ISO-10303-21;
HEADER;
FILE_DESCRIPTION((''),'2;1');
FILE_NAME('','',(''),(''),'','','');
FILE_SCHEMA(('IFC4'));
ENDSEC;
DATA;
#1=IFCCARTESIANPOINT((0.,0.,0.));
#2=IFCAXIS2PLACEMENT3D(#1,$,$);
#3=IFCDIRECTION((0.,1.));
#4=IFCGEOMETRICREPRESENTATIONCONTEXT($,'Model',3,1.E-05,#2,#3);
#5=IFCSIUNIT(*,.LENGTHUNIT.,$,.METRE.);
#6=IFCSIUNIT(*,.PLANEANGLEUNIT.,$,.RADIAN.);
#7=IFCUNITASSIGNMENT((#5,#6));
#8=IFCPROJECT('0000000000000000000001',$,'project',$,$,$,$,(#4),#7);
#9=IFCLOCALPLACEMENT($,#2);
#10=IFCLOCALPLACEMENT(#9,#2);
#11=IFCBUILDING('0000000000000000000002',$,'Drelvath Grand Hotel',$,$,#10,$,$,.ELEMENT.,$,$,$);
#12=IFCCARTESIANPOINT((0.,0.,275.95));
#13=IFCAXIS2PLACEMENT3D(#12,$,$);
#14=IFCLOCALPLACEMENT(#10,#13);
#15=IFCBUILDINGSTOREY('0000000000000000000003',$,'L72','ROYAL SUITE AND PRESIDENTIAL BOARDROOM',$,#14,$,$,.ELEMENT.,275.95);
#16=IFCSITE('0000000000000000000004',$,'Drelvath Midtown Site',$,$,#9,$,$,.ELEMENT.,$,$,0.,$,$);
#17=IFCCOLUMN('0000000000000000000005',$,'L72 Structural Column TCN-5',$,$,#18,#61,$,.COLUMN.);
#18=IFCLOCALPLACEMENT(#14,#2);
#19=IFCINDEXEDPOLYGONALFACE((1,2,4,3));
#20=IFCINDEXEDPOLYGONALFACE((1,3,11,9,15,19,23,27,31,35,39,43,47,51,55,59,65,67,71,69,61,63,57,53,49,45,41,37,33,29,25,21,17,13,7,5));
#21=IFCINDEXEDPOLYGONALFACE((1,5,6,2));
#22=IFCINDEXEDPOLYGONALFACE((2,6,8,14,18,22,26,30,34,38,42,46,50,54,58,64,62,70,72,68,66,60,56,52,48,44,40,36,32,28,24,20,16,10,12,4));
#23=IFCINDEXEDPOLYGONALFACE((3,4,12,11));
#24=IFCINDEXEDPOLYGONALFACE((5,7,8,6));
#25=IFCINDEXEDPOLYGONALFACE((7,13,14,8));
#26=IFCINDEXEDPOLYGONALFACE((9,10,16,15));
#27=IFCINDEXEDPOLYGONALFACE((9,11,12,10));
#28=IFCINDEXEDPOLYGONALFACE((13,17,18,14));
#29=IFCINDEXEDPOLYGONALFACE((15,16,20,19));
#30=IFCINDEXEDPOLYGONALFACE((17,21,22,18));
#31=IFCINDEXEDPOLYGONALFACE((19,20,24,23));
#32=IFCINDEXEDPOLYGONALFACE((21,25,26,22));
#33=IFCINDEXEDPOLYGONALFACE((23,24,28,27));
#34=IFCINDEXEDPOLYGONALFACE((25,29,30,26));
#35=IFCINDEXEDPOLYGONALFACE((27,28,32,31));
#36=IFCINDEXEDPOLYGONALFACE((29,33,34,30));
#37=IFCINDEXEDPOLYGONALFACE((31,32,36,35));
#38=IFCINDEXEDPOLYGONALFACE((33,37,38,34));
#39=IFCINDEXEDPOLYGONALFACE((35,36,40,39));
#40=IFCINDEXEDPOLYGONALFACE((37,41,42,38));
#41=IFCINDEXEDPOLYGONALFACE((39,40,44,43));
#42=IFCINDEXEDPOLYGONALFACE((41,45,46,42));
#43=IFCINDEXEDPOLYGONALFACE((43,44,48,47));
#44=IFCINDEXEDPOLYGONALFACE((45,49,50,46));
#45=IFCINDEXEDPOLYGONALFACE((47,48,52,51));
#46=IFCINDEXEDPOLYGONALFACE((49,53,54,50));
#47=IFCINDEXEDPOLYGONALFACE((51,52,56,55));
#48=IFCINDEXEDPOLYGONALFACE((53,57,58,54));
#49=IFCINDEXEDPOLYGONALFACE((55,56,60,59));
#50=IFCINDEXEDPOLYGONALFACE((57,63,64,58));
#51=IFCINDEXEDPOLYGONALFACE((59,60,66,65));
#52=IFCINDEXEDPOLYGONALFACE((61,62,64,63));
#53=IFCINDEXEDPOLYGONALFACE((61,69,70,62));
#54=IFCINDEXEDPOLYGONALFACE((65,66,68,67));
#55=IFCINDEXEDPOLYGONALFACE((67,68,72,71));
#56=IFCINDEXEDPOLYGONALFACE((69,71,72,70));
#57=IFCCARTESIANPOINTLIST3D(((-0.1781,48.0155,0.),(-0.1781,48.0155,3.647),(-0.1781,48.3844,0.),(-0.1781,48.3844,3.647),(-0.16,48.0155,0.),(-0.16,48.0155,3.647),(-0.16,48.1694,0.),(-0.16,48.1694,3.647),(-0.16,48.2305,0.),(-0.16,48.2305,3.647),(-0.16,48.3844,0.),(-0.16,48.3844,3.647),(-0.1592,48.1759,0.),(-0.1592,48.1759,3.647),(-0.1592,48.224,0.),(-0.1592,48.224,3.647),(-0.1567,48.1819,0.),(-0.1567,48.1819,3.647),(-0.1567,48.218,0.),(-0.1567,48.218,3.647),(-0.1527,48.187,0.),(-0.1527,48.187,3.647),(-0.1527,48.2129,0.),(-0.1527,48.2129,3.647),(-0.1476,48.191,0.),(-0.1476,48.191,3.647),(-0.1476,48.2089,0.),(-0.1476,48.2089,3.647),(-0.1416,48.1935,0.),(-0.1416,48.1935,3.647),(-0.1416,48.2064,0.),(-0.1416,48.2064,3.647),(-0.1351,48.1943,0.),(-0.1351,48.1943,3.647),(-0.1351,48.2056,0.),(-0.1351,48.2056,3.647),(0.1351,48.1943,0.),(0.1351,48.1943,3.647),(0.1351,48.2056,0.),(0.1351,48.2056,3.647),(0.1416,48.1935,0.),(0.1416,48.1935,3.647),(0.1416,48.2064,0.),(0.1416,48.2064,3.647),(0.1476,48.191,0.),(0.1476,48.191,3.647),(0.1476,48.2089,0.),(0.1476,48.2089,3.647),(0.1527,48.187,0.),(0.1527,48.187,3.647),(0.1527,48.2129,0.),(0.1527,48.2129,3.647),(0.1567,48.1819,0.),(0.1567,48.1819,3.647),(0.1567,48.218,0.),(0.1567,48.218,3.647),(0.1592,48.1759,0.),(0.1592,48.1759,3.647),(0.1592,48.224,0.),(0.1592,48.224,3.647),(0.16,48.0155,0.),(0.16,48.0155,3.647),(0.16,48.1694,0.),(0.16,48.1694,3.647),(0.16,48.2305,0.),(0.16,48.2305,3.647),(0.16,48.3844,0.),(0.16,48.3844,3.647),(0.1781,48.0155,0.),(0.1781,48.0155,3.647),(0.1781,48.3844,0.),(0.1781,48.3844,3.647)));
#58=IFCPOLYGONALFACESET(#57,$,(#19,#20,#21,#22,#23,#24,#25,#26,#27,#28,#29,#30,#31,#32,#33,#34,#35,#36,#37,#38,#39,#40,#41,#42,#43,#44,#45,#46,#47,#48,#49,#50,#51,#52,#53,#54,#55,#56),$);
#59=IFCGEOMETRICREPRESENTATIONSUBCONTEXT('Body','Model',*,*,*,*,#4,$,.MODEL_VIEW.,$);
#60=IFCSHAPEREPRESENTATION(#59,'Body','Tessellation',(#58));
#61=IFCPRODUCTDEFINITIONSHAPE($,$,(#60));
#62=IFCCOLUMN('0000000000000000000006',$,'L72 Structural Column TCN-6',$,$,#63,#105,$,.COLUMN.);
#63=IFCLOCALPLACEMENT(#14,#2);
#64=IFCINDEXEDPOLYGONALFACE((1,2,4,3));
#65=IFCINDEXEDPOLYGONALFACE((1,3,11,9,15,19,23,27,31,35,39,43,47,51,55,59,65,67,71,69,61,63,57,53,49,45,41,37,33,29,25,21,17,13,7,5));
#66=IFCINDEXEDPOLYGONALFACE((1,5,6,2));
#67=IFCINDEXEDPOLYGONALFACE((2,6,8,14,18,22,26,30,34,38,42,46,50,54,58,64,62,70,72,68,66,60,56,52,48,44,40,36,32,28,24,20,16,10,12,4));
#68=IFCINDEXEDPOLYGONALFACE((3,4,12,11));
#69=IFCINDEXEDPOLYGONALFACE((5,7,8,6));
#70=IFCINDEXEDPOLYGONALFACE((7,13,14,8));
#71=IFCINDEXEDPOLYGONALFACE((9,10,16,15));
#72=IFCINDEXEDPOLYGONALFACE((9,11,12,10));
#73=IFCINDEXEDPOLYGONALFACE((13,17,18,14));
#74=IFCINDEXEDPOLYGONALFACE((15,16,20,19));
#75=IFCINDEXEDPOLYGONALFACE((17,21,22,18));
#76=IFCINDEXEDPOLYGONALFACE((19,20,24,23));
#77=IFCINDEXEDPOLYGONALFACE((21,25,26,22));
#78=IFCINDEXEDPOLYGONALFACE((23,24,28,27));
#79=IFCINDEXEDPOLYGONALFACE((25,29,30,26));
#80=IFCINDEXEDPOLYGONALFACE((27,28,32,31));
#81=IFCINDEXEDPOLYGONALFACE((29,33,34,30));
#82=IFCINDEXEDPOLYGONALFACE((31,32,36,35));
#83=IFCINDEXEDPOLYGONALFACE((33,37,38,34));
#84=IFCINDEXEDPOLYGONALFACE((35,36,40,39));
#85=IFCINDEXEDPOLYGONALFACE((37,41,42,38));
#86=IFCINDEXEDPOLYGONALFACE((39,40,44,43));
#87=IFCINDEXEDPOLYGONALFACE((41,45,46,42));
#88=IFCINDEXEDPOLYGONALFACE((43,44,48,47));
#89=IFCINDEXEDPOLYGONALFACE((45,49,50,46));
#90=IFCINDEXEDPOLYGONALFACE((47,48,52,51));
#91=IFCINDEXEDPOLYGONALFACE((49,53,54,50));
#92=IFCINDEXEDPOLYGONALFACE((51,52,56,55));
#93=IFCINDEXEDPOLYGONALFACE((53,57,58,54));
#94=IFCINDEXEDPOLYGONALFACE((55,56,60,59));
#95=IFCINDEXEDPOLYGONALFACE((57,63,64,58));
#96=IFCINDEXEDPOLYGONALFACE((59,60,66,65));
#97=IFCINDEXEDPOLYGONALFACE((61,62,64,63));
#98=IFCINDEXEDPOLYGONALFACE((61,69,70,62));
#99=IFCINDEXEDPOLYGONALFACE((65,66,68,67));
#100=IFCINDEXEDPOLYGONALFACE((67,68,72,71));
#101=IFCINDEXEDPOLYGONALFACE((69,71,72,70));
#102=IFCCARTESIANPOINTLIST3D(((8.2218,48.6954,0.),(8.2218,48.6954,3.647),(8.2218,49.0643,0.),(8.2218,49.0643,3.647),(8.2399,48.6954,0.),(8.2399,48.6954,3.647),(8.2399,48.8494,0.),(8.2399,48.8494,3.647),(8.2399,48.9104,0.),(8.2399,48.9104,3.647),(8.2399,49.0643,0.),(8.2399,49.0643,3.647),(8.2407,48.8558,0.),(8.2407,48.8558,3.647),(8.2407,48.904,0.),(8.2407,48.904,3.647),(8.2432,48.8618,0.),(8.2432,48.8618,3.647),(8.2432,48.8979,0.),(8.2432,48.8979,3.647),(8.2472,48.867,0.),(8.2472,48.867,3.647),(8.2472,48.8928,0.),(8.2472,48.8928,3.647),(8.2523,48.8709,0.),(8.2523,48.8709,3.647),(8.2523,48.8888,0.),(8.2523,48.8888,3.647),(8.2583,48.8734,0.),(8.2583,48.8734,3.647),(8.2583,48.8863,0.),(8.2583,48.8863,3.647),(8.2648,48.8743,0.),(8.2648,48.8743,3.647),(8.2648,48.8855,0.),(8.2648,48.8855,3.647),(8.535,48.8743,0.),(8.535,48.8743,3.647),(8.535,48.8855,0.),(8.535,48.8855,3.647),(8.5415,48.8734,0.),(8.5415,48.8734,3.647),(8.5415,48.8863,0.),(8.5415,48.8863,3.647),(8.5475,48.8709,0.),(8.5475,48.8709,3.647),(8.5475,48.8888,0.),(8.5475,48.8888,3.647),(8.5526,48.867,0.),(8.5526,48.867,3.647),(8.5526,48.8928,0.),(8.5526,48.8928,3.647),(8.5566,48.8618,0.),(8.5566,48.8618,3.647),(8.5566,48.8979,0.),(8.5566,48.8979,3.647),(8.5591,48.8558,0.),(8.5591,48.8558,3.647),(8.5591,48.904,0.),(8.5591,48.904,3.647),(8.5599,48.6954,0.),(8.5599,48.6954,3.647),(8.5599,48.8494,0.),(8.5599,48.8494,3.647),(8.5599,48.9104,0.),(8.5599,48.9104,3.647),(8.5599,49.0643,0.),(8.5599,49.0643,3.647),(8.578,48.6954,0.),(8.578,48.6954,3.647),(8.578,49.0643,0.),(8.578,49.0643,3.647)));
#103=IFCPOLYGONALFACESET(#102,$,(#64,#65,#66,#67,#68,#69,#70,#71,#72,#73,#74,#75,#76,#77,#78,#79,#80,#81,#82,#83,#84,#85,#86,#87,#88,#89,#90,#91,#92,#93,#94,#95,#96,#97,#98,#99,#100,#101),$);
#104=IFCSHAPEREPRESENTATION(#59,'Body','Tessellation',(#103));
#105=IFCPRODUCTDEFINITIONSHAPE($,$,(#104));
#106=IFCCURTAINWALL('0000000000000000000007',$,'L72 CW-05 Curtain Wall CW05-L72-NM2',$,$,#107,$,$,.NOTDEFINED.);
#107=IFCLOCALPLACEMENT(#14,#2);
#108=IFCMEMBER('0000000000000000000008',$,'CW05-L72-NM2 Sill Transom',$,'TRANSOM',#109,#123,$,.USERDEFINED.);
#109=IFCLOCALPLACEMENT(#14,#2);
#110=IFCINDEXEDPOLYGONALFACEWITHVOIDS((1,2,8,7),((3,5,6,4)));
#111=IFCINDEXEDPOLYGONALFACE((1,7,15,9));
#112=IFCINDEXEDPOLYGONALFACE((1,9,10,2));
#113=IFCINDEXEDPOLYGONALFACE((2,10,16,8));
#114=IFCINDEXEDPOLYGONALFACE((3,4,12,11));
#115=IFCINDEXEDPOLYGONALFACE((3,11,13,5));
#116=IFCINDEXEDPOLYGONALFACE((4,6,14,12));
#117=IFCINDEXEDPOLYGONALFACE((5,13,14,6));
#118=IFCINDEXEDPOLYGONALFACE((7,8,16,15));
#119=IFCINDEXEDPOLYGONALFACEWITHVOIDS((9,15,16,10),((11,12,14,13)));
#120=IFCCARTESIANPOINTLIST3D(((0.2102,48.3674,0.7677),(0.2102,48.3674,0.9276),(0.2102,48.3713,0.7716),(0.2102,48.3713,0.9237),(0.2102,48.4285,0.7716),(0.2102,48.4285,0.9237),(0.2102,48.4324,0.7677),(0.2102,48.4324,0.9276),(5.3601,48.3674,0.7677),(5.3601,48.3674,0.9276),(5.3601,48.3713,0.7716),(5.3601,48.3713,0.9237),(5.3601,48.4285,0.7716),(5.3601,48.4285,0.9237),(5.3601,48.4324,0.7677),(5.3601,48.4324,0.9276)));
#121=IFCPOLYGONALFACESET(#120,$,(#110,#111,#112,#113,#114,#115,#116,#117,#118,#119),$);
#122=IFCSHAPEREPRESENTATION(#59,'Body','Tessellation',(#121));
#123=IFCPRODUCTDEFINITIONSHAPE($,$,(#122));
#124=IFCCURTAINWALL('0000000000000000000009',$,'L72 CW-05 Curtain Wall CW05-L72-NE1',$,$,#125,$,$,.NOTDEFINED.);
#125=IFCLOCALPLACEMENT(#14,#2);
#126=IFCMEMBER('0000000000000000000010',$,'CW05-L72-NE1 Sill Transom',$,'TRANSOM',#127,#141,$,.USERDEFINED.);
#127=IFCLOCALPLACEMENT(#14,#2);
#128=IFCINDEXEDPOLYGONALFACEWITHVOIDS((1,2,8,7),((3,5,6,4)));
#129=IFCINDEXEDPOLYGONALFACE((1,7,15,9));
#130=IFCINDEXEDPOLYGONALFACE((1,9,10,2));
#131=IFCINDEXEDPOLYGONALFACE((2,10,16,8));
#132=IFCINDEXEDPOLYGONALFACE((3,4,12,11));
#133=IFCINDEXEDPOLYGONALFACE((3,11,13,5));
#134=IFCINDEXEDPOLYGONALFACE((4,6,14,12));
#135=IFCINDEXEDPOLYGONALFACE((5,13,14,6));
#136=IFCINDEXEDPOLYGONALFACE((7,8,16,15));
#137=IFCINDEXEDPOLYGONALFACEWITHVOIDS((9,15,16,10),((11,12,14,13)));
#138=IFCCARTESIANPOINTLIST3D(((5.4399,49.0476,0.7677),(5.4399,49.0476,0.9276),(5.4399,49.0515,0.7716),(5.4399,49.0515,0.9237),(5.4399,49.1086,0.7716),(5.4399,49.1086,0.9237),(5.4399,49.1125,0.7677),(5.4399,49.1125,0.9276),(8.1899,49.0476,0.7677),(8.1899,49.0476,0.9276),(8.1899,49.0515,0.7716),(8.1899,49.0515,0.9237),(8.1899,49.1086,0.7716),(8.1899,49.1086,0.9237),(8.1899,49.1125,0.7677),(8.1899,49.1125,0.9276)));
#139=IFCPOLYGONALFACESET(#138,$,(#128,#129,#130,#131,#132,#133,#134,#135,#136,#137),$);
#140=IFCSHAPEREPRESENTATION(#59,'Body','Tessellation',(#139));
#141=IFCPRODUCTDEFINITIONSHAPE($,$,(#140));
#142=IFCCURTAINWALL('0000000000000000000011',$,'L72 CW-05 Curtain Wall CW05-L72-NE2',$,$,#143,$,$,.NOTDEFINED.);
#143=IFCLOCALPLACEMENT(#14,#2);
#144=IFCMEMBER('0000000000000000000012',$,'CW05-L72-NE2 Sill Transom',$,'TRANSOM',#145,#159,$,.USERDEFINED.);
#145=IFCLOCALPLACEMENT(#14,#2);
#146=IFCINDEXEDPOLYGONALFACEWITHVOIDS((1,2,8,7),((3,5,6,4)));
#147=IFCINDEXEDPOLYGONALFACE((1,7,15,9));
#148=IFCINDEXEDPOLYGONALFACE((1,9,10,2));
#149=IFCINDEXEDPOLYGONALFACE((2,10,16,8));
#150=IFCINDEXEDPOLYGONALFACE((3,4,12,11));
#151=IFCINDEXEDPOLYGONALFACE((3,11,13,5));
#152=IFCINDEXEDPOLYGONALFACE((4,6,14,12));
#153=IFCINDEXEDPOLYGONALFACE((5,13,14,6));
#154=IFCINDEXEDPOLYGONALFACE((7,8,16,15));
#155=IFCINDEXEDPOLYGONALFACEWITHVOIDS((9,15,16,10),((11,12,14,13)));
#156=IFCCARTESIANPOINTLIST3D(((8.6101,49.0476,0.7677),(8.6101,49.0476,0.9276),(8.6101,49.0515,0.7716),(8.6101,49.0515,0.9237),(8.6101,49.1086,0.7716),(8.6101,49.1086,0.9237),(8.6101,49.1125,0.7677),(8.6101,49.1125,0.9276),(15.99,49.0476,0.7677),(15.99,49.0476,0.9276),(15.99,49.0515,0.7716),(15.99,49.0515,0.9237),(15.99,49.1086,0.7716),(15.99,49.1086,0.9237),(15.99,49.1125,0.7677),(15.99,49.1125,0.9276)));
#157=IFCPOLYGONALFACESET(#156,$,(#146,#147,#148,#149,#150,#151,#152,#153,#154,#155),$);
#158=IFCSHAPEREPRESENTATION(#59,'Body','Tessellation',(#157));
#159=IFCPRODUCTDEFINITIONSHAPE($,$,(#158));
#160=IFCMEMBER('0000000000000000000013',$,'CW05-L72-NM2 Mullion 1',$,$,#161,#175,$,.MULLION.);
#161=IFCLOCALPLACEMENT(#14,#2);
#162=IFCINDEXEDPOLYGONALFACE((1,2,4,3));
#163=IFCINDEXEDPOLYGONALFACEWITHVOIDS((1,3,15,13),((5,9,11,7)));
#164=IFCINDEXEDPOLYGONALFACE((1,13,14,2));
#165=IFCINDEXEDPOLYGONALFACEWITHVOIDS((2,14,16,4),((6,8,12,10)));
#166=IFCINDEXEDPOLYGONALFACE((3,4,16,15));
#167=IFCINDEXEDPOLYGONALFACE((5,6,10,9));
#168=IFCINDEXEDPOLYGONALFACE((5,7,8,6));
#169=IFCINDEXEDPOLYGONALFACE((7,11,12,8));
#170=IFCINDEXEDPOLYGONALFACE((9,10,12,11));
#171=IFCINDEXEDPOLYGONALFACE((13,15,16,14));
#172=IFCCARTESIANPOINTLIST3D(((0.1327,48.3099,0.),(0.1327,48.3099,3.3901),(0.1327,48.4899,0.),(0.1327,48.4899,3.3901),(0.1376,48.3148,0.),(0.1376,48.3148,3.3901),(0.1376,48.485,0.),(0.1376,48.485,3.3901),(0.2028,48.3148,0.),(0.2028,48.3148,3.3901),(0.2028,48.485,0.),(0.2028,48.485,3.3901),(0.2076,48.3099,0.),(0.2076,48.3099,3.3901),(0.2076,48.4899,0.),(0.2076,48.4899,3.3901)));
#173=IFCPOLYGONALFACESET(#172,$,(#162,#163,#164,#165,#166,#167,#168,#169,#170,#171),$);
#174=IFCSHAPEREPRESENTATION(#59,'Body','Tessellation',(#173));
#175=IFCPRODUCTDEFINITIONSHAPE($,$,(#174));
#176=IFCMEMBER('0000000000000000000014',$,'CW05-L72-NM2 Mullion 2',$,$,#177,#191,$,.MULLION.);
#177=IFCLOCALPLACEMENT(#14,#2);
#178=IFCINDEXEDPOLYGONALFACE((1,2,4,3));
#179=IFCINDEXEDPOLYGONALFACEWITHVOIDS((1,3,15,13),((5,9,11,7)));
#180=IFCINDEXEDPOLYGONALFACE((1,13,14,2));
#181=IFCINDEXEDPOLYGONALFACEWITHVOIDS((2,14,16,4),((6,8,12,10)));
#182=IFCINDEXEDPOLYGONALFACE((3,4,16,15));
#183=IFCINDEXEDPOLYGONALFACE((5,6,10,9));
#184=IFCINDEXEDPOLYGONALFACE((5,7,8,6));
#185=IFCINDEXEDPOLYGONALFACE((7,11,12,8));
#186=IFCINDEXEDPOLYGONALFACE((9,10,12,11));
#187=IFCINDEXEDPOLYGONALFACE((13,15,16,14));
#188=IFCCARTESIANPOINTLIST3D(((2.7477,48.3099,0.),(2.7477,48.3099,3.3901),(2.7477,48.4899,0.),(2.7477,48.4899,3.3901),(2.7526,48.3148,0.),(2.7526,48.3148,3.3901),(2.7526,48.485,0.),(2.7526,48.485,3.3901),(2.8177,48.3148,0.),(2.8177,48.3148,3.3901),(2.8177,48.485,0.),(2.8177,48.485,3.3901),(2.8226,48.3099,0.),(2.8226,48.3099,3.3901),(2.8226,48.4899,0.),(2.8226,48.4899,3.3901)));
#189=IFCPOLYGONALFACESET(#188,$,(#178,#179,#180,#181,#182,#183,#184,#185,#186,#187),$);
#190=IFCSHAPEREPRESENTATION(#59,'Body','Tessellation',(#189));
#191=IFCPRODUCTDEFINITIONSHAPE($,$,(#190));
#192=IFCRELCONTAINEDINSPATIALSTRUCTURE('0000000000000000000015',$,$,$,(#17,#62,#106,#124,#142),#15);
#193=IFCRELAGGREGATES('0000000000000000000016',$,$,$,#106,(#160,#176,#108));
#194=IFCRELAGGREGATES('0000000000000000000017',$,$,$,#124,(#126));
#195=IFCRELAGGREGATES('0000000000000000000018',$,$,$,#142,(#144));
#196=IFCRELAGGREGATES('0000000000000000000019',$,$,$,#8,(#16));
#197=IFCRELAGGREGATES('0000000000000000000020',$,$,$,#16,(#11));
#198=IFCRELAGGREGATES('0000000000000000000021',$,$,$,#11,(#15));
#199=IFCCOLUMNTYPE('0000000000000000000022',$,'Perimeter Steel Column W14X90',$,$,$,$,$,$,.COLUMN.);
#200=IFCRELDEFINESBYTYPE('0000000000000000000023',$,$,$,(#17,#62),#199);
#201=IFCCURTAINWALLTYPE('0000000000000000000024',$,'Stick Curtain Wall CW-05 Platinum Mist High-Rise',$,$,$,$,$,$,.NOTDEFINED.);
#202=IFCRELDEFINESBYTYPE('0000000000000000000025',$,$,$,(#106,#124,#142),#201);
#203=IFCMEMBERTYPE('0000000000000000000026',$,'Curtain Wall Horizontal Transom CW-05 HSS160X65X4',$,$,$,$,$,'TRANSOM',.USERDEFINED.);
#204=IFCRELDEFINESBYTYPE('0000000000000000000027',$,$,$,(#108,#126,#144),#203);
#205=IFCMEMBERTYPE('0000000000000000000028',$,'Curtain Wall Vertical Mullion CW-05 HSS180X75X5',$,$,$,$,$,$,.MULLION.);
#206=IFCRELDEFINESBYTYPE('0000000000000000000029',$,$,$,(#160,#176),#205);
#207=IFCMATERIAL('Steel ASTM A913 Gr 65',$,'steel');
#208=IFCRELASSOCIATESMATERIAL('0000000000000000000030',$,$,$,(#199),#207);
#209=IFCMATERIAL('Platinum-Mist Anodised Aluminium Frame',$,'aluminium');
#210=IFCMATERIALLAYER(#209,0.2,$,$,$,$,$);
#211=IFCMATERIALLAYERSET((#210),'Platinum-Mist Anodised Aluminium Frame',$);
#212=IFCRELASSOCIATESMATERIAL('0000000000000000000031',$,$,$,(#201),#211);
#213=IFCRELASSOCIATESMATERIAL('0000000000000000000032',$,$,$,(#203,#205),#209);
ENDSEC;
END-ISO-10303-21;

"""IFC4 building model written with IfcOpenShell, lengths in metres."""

from ifc_helpers import new_model, si_unit, direction, frame, origin, origin_2d, place, context, subcontext, project, spatial, hollow_rectangle, i_section, extrude, material, layer, layer_set, material_profile, profile_set, type_object, element, aggregate, save


model = new_model("IFC4")

# Units and contexts
model_context = context("Model", 3, precision=1e-05, world=origin(), true_north=direction((0.0, 1.0)))
body_context = subcontext(model_context, "Body", "Model", "MODEL_VIEW")
ifc_project = project(units=[si_unit("LENGTHUNIT", "METRE"), si_unit("PLANEANGLEUNIT", "RADIAN")], contexts=[model_context])

# Site, building, storey
site_placement = place(None, origin())
site = spatial("IfcSite", under=ifc_project, at=site_placement, Name="Drelvath Midtown Site", CompositionType="ELEMENT", RefElevation=0.0)
building_placement = place(site_placement, origin())
building = spatial("IfcBuilding", under=site, at=building_placement, Name="Drelvath Grand Hotel", CompositionType="ELEMENT")
storey_placement = place(building_placement, frame((0.0, 0.0, 275.95)))
storey = spatial("IfcBuildingStorey", under=building, at=storey_placement, Name="L72", Description="ROYAL SUITE AND PRESIDENTIAL BOARDROOM", CompositionType="ELEMENT", Elevation=275.95)

# Columns
ifc_material_1 = material(Name="Steel ASTM A913 Gr 65", Category="steel")
ifc_material_profile_1 = material_profile(ifc_material_1, i_section(OverallWidth=0.3689, OverallDepth=0.3562, WebThickness=0.0112, FlangeThickness=0.0181, FilletRadius=0.0249, at=origin_2d()), Name="W14X90")
ifc_profile_set_1 = profile_set([ifc_material_profile_1], Name="Steel ASTM A913 Gr 65")
column_type = type_object("IfcColumnType", Name="Perimeter Steel Column W14X90", PredefinedType="COLUMN", material=ifc_profile_set_1)
for number, where, z_axis, x_axis, name in (
    (1, (0.0, 48.2, 0.0), (0.0, 0.0, 1.0), (0.0, 1.0, 0.0), "L72 Structural Column TCN-5"),
    (2, (8.3999, 48.8799, 0.0), (0.0, 0.0, 1.0), (0.0, 1.0, 0.0), "L72 Structural Column TCN-6"),
):
    element("IfcColumn", number, at=place(storey_placement, frame(where, z_axis=z_axis, x_axis=x_axis)), inside=storey, type_object=column_type, Name=name, PredefinedType="COLUMN", context=body_context, shape_type="SweptSolid", body=[
        extrude(i_section(OverallWidth=0.3689, OverallDepth=0.3562, WebThickness=0.0112, FlangeThickness=0.0181, FilletRadius=0.0249, at=origin_2d()), origin(), (0.0, 0.0, 1.0), 3.647),
    ])

# Curtain walls, members
ifc_material_2 = material(Name="Platinum-Mist Anodised Aluminium Frame", Category="aluminium")
ifc_layer_1 = layer(ifc_material_2, 0.2)
ifc_layer_set_1 = layer_set([ifc_layer_1], Name="Platinum-Mist Anodised Aluminium Frame")
curtain_wall_type = type_object("IfcCurtainWallType", Name="Stick Curtain Wall CW-05 Platinum Mist High-Rise", PredefinedType="NOTDEFINED", material=ifc_layer_set_1)
curtain_wall_1_placement = place(storey_placement, origin())
curtain_wall_1 = element("IfcCurtainWall", 3, at=curtain_wall_1_placement, inside=storey, type_object=curtain_wall_type, Name="L72 CW-05 Curtain Wall CW05-L72-NM2", PredefinedType="NOTDEFINED")
ifc_material_profile_2 = material_profile(ifc_material_2, hollow_rectangle(XDim=0.0649, YDim=0.1599, WallThickness=0.0039, at=origin_2d()), Name="HSS160X65X4")
ifc_profile_set_2 = profile_set([ifc_material_profile_2], Name="Platinum-Mist Anodised Aluminium Frame")
member_type_1 = type_object("IfcMemberType", Name="Curtain Wall Horizontal Transom CW-05 HSS160X65X4", ElementType="TRANSOM", PredefinedType="USERDEFINED", material=ifc_profile_set_2)
member_1_placement = place(storey_placement, frame((0.2102, 48.3999, 0.8477), z_axis=(1.0, 0.0, 0.0), x_axis=(0.0, 1.0, 0.0)))
member_1 = element("IfcMember", 4, at=member_1_placement, type_object=member_type_1, Name="CW05-L72-NM2 Sill Transom", ObjectType="TRANSOM", PredefinedType="USERDEFINED", context=body_context, shape_type="SweptSolid", body=[
    extrude(hollow_rectangle(XDim=0.0649, YDim=0.1599, WallThickness=0.0039, at=origin_2d()), origin(), (0.0, 0.0, 1.0), 5.1499),
])
curtain_wall_2_placement = place(storey_placement, origin())
curtain_wall_2 = element("IfcCurtainWall", 5, at=curtain_wall_2_placement, inside=storey, type_object=curtain_wall_type, Name="L72 CW-05 Curtain Wall CW05-L72-NE1", PredefinedType="NOTDEFINED")
member_2_placement = place(storey_placement, frame((5.4399, 49.0801, 0.8477), z_axis=(1.0, 0.0, 0.0), x_axis=(0.0, 1.0, 0.0)))
member_2 = element("IfcMember", 6, at=member_2_placement, type_object=member_type_1, Name="CW05-L72-NE1 Sill Transom", ObjectType="TRANSOM", PredefinedType="USERDEFINED", context=body_context, shape_type="SweptSolid", body=[
    extrude(hollow_rectangle(XDim=0.0649, YDim=0.1599, WallThickness=0.0039, at=origin_2d()), origin(), (0.0, 0.0, 1.0), 2.75),
])
curtain_wall_3_placement = place(storey_placement, origin())
curtain_wall_3 = element("IfcCurtainWall", 7, at=curtain_wall_3_placement, inside=storey, type_object=curtain_wall_type, Name="L72 CW-05 Curtain Wall CW05-L72-NE2", PredefinedType="NOTDEFINED")
member_3_placement = place(storey_placement, frame((8.6101, 49.0801, 0.8477), z_axis=(1.0, 0.0, 0.0), x_axis=(0.0, 1.0, 0.0)))
member_3 = element("IfcMember", 8, at=member_3_placement, type_object=member_type_1, Name="CW05-L72-NE2 Sill Transom", ObjectType="TRANSOM", PredefinedType="USERDEFINED", context=body_context, shape_type="SweptSolid", body=[
    extrude(hollow_rectangle(XDim=0.0649, YDim=0.1599, WallThickness=0.0039, at=origin_2d()), origin(), (0.0, 0.0, 1.0), 7.3799),
])

# Members
ifc_material_profile_3 = material_profile(ifc_material_2, hollow_rectangle(XDim=0.075, YDim=0.1799, WallThickness=0.0049, at=origin_2d()), Name="HSS180X75X5")
ifc_profile_set_3 = profile_set([ifc_material_profile_3], Name="Platinum-Mist Anodised Aluminium Frame")
member_type_2 = type_object("IfcMemberType", Name="Curtain Wall Vertical Mullion CW-05 HSS180X75X5", PredefinedType="MULLION", material=ifc_profile_set_3)
member_4_placement = place(storey_placement, frame((0.1702, 48.3999, 0.0), z_axis=(0.0, 0.0, 1.0), x_axis=(1.0, 0.0, 0.0)))
member_4 = element("IfcMember", 9, at=member_4_placement, type_object=member_type_2, Name="CW05-L72-NM2 Mullion 1", PredefinedType="MULLION", context=body_context, shape_type="SweptSolid", body=[
    extrude(hollow_rectangle(XDim=0.075, YDim=0.1799, WallThickness=0.0049, at=origin_2d()), origin(), (0.0, 0.0, 1.0), 3.3901),
])
member_5_placement = place(storey_placement, frame((2.7852, 48.3999, 0.0), z_axis=(0.0, 0.0, 1.0), x_axis=(1.0, 0.0, 0.0)))
member_5 = element("IfcMember", 10, at=member_5_placement, type_object=member_type_2, Name="CW05-L72-NM2 Mullion 2", PredefinedType="MULLION", context=body_context, shape_type="SweptSolid", body=[
    extrude(hollow_rectangle(XDim=0.075, YDim=0.1799, WallThickness=0.0049, at=origin_2d()), origin(), (0.0, 0.0, 1.0), 3.3901),
])

aggregate(curtain_wall_1, [member_4, member_5, member_1])
aggregate(curtain_wall_2, [member_2])
aggregate(curtain_wall_3, [member_3])

save(model, "model.ifc")
